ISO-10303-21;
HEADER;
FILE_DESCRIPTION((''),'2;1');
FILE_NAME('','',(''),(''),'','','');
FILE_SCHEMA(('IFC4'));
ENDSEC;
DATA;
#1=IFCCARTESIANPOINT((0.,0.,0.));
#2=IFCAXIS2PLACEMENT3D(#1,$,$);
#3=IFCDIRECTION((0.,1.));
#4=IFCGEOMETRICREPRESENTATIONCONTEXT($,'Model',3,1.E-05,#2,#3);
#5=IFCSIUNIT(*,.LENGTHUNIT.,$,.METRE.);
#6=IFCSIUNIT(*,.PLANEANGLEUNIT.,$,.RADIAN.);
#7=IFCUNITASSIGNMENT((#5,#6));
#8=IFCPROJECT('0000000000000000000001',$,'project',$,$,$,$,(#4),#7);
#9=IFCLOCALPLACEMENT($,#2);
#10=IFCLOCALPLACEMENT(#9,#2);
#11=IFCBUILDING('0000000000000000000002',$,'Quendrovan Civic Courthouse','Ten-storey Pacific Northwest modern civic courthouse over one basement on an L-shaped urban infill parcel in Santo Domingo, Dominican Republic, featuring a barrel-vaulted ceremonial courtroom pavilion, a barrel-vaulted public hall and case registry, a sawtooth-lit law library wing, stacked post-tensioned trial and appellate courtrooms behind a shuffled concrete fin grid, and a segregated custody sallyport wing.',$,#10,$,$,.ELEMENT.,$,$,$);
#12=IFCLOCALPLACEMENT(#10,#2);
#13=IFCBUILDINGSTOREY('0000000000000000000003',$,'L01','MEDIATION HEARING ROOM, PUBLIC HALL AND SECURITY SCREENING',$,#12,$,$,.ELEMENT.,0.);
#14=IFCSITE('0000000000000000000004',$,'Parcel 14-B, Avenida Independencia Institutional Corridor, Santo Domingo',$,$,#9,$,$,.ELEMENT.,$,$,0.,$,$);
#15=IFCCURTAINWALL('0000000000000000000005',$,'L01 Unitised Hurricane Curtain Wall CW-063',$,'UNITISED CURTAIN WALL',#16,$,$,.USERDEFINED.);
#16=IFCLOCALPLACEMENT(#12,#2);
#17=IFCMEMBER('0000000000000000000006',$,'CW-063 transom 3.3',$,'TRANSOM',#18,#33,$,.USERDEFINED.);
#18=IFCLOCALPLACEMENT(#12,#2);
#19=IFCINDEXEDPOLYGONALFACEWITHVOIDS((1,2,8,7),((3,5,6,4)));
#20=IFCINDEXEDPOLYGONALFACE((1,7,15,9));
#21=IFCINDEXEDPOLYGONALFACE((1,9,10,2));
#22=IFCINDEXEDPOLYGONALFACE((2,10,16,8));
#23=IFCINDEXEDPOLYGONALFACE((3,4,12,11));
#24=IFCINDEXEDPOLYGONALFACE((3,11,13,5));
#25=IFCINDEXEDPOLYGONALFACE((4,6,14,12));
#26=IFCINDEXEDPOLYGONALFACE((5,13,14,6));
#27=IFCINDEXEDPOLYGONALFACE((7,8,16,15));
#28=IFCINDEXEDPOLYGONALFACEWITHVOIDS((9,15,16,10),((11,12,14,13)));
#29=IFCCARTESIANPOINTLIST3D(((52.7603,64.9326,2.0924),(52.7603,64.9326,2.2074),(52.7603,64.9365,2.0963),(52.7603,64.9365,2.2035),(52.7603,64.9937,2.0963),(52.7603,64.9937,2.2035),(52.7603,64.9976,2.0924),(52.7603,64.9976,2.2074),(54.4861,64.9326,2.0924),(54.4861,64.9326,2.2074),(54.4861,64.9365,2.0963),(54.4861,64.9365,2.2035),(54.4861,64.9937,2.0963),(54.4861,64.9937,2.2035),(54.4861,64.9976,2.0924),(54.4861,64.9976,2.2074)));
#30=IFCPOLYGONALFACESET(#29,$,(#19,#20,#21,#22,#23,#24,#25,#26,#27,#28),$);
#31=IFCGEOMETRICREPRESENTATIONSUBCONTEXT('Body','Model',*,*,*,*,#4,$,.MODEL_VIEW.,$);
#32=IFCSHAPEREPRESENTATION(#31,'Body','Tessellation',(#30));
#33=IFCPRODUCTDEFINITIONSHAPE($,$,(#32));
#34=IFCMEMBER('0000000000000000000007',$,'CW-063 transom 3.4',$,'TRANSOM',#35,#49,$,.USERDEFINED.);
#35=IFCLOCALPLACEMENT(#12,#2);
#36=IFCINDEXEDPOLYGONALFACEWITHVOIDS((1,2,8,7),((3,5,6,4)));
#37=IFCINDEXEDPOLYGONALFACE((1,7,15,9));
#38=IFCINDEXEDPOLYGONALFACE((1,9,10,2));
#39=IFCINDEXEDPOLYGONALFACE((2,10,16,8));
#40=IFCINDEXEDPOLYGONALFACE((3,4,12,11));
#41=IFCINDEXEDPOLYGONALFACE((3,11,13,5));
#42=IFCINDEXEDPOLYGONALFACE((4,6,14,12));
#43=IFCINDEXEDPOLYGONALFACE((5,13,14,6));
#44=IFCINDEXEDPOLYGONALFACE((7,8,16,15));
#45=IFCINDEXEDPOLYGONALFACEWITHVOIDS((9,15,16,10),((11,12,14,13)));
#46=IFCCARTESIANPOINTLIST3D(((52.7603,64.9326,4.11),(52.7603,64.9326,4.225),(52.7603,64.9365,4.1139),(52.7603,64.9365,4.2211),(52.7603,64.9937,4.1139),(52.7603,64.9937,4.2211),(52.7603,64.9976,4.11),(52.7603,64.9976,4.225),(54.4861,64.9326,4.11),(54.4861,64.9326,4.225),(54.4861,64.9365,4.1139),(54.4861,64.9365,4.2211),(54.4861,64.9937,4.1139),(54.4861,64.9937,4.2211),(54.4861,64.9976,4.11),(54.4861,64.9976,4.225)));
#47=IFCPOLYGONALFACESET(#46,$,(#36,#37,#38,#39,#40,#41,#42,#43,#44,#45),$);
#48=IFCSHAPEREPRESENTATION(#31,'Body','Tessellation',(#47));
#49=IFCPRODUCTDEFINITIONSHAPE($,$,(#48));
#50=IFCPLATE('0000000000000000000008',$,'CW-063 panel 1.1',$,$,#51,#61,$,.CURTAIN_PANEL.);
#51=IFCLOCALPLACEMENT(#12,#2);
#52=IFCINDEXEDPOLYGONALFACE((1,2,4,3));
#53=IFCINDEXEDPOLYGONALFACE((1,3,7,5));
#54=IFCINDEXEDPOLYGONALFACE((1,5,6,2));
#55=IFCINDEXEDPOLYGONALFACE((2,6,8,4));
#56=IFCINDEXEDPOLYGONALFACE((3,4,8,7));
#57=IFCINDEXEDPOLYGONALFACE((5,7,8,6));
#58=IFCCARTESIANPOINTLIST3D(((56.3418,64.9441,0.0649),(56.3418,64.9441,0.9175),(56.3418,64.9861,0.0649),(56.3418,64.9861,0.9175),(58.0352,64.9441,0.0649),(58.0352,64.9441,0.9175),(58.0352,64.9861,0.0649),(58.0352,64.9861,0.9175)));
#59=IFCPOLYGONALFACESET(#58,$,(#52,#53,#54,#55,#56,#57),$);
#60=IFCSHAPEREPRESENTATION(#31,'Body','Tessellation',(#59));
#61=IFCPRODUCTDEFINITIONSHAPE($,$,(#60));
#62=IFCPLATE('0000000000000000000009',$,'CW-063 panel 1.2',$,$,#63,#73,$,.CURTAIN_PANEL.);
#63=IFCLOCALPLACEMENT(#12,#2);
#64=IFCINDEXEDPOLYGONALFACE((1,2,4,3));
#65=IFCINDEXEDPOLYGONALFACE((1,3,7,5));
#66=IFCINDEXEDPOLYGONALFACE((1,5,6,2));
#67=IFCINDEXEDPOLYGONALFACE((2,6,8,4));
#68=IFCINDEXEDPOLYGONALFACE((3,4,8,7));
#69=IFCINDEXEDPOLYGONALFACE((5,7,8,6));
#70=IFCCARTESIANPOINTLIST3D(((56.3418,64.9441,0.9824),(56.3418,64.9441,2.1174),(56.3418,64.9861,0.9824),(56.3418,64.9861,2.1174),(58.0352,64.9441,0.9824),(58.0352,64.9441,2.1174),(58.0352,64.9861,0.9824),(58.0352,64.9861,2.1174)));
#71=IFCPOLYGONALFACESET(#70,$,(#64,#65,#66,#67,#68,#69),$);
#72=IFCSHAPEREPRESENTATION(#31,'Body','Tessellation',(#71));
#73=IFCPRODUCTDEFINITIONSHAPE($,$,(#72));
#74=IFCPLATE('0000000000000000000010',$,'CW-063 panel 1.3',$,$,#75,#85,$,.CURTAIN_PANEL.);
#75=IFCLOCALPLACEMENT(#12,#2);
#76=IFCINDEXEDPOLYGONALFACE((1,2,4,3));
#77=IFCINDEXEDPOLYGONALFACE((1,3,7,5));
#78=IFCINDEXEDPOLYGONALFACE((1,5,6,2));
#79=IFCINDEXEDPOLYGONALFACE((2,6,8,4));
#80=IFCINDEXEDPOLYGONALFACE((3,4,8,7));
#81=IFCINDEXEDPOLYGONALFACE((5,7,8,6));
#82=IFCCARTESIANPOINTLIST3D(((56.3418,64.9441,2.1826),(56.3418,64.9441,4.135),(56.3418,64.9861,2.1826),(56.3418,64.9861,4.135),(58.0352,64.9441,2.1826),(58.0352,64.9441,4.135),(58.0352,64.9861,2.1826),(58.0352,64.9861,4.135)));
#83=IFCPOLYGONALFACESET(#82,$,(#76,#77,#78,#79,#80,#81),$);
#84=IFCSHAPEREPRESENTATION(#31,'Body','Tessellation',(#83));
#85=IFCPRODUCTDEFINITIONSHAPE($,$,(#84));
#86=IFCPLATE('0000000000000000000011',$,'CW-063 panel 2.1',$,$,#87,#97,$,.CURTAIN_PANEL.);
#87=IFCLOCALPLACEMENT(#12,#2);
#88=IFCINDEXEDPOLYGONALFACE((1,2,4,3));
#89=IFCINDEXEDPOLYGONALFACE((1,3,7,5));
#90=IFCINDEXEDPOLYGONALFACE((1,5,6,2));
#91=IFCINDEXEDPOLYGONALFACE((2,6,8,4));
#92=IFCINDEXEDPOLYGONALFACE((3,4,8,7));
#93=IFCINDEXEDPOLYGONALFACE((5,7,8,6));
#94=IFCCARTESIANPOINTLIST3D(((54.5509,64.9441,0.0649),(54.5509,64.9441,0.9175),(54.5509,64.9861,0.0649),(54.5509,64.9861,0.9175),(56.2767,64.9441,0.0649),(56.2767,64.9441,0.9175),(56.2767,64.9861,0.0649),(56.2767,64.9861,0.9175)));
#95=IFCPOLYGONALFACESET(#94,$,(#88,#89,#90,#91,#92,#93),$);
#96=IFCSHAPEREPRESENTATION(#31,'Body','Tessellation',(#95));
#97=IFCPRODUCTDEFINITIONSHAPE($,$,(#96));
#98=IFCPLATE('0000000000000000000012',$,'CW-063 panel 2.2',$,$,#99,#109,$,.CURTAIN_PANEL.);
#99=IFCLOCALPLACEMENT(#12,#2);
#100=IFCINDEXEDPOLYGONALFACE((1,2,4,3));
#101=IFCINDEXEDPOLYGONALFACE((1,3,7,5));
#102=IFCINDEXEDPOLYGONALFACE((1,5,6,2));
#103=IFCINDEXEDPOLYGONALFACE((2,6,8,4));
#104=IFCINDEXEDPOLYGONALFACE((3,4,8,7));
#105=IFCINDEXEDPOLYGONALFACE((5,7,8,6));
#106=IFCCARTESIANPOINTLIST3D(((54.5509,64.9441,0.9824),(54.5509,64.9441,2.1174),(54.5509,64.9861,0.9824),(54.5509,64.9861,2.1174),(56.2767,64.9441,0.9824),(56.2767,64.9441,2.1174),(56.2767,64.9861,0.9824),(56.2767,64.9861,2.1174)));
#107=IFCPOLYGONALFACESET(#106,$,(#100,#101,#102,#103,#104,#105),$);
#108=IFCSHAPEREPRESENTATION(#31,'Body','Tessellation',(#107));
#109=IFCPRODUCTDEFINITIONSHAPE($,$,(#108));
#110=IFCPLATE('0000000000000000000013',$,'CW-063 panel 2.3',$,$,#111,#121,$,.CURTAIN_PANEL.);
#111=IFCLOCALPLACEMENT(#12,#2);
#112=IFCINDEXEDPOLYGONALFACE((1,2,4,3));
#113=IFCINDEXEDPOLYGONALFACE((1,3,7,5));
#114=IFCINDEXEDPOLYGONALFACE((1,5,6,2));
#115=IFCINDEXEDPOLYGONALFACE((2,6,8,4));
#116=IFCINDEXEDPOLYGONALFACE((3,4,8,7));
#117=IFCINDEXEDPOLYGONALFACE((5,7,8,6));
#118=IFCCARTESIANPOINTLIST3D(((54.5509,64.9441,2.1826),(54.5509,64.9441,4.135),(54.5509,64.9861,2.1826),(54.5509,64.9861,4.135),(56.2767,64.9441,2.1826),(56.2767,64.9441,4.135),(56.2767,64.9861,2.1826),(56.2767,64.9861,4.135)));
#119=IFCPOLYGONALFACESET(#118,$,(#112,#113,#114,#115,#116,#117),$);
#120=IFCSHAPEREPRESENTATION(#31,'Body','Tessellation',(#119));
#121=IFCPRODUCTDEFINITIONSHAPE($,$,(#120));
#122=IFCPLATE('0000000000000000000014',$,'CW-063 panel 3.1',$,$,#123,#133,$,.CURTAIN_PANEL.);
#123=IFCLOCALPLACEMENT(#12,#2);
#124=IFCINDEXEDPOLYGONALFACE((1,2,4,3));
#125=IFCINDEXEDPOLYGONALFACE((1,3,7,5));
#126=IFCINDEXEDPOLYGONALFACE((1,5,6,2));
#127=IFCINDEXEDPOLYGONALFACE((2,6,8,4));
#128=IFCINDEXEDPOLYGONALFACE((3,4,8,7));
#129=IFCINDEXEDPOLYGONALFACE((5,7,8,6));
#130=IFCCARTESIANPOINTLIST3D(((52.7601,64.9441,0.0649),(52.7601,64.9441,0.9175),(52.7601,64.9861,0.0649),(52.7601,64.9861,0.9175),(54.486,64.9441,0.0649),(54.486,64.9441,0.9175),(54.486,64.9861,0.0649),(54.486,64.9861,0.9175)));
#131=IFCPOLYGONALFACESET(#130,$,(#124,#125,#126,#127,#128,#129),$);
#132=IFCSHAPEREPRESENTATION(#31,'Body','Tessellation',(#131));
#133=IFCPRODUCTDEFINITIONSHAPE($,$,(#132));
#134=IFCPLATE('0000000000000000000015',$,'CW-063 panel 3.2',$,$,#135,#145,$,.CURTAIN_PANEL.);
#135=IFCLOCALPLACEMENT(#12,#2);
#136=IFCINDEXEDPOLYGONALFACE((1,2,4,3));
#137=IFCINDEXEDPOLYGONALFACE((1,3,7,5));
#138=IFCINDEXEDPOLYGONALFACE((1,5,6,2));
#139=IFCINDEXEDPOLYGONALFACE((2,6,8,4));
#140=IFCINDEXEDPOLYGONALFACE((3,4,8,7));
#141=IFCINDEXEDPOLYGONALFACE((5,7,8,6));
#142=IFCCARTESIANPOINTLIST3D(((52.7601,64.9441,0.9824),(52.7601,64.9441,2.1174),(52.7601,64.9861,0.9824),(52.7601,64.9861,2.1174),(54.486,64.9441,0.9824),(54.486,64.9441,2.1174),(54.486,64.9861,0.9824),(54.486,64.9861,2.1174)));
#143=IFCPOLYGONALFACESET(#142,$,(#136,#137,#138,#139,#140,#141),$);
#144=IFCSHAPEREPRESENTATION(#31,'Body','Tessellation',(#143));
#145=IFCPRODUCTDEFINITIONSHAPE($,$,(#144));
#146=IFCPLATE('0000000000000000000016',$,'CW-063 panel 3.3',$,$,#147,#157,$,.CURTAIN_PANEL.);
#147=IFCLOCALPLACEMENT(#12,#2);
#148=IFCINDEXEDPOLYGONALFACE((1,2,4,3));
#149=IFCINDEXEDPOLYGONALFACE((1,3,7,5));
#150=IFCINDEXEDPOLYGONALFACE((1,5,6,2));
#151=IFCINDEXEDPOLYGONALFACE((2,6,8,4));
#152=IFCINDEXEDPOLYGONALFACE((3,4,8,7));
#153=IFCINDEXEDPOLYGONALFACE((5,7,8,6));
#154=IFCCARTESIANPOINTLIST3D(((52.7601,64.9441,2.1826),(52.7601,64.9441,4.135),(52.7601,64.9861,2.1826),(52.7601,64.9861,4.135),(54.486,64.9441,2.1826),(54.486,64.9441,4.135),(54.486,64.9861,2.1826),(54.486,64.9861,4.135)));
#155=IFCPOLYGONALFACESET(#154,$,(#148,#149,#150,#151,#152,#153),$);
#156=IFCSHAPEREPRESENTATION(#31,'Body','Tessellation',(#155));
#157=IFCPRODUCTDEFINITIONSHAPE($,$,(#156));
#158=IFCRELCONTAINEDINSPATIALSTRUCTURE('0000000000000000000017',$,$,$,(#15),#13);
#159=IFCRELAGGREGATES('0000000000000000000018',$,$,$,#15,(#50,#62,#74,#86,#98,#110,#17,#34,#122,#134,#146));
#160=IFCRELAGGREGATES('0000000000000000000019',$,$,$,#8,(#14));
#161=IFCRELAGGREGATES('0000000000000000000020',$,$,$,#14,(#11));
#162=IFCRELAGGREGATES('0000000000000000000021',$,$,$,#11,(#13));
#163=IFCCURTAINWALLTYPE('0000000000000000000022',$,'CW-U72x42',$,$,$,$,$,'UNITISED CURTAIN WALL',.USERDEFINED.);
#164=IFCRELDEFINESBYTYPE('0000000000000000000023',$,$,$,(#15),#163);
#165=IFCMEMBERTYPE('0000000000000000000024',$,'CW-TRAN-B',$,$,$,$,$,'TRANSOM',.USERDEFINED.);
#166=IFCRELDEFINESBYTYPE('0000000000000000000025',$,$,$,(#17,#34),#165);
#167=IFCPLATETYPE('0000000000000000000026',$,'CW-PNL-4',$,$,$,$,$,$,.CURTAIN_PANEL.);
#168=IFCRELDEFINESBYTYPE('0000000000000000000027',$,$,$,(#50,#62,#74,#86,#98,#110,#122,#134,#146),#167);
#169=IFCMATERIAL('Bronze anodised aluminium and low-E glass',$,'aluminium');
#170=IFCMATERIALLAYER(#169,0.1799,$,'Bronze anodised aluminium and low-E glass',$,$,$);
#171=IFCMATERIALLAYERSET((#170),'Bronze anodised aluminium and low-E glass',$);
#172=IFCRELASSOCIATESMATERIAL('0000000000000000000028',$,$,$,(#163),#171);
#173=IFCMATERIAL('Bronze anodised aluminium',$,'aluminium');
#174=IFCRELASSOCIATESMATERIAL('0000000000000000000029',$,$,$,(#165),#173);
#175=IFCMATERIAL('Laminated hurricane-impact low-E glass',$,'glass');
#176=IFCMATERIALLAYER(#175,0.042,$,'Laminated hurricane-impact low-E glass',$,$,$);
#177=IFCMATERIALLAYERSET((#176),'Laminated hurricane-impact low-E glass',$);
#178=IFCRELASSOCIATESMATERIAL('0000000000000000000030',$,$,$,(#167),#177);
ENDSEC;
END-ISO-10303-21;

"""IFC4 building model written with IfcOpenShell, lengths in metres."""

from ifc_helpers import new_model, si_unit, direction, frame, origin, origin_2d, place, context, subcontext, project, spatial, rectangle, hollow_rectangle, extrude, material, layer, layer_set, material_profile, profile_set, type_object, element, aggregate, save


model = new_model("IFC4")

# Units and contexts
model_context = context("Model", 3, precision=1e-05, world=origin(), true_north=direction((0.0, 1.0)))
body_context = subcontext(model_context, "Body", "Model", "MODEL_VIEW")
ifc_project = project(units=[si_unit("LENGTHUNIT", "METRE"), si_unit("PLANEANGLEUNIT", "RADIAN")], contexts=[model_context])

# Site, building, storey
site_placement = place(None, origin())
site = spatial("IfcSite", under=ifc_project, at=site_placement, Name="Parcel 14-B, Avenida Independencia Institutional Corridor, Santo Domingo", CompositionType="ELEMENT", RefElevation=0.0)
building_placement = place(site_placement, origin())
building = spatial("IfcBuilding", under=site, at=building_placement, Name="Quendrovan Civic Courthouse", Description="Ten-storey Pacific Northwest modern civic courthouse over one basement on an L-shaped urban infill parcel in Santo Domingo, Dominican Republic, featuring a barrel-vaulted ceremonial courtroom pavilion, a barrel-vaulted public hall and case registry, a sawtooth-lit law library wing, stacked post-tensioned trial and appellate courtrooms behind a shuffled concrete fin grid, and a segregated custody sallyport wing.", CompositionType="ELEMENT")
storey_placement = place(building_placement, origin())
storey = spatial("IfcBuildingStorey", under=building, at=storey_placement, Name="L01", Description="MEDIATION HEARING ROOM, PUBLIC HALL AND SECURITY SCREENING", CompositionType="ELEMENT", Elevation=0.0)

# Curtain wall, members, plates
ifc_material_1 = material(Name="Bronze anodised aluminium and low-E glass", Category="aluminium")
ifc_layer_1 = layer(ifc_material_1, 0.1799, Name="Bronze anodised aluminium and low-E glass")
ifc_layer_set_1 = layer_set([ifc_layer_1], Name="Bronze anodised aluminium and low-E glass")
curtain_wall_type = type_object("IfcCurtainWallType", Name="CW-U72x42", ElementType="UNITISED CURTAIN WALL", PredefinedType="USERDEFINED", material=ifc_layer_set_1)
curtain_wall_placement = place(storey_placement, origin())
curtain_wall = element("IfcCurtainWall", 1, at=curtain_wall_placement, inside=storey, type_object=curtain_wall_type, Name="L01 Unitised Hurricane Curtain Wall CW-063", ObjectType="UNITISED CURTAIN WALL", PredefinedType="USERDEFINED")
ifc_material_2 = material(Name="Bronze anodised aluminium", Category="aluminium")
ifc_material_profile_1 = material_profile(ifc_material_2, hollow_rectangle(XDim=0.0649, YDim=0.115, WallThickness=0.0039, at=origin_2d()), Name="CW-TRAN-65x115")
ifc_profile_set_1 = profile_set([ifc_material_profile_1], Name="Bronze anodised aluminium")
member_type_1 = type_object("IfcMemberType", Name="CW-TRAN-B", ElementType="TRANSOM", PredefinedType="USERDEFINED", material=ifc_profile_set_1)
member_1_placement = place(storey_placement, frame((54.4861, 64.9651, 2.1499), z_axis=(-1.0, 0.0, 0.0), x_axis=(0.0, -1.0, 0.0)))
member_1 = element("IfcMember", 2, at=member_1_placement, type_object=member_type_1, Name="CW-063 transom 3.3", ObjectType="TRANSOM", PredefinedType="USERDEFINED", context=body_context, shape_type="SweptSolid", body=[
    extrude(hollow_rectangle(XDim=0.0649, YDim=0.115, WallThickness=0.0039, at=origin_2d()), origin(), (0.0, 0.0, 1.0), 1.7258),
])
member_2_placement = place(storey_placement, frame((54.4861, 64.9651, 4.1675), z_axis=(-1.0, 0.0, 0.0), x_axis=(0.0, -1.0, 0.0)))
member_2 = element("IfcMember", 3, at=member_2_placement, type_object=member_type_1, Name="CW-063 transom 3.4", ObjectType="TRANSOM", PredefinedType="USERDEFINED", context=body_context, shape_type="SweptSolid", body=[
    extrude(hollow_rectangle(XDim=0.0649, YDim=0.115, WallThickness=0.0039, at=origin_2d()), origin(), (0.0, 0.0, 1.0), 1.7258),
])
ifc_material_3 = material(Name="Laminated hurricane-impact low-E glass", Category="glass")
ifc_layer_2 = layer(ifc_material_3, 0.042, Name="Laminated hurricane-impact low-E glass")
ifc_layer_set_2 = layer_set([ifc_layer_2], Name="Laminated hurricane-impact low-E glass")
plate_type = type_object("IfcPlateType", Name="CW-PNL-4", PredefinedType="CURTAIN_PANEL", material=ifc_layer_set_2)
plate_1_placement = place(storey_placement, frame((57.1885, 64.9651, 0.0649), z_axis=(0.0, 0.0, 1.0), x_axis=(-1.0, 0.0, 0.0)))
plate_1 = element("IfcPlate", 4, at=plate_1_placement, type_object=plate_type, Name="CW-063 panel 1.1", PredefinedType="CURTAIN_PANEL", context=body_context, shape_type="SweptSolid", body=[
    extrude(rectangle(XDim=1.6934, YDim=0.042, at=origin_2d()), origin(), (0.0, 0.0, 1.0), 0.8525),
])
plate_2_placement = place(storey_placement, frame((57.1885, 64.9651, 0.9824), z_axis=(0.0, 0.0, 1.0), x_axis=(-1.0, 0.0, 0.0)))
plate_2 = element("IfcPlate", 5, at=plate_2_placement, type_object=plate_type, Name="CW-063 panel 1.2", PredefinedType="CURTAIN_PANEL", context=body_context, shape_type="SweptSolid", body=[
    extrude(rectangle(XDim=1.6934, YDim=0.042, at=origin_2d()), origin(), (0.0, 0.0, 1.0), 1.135),
])
plate_3_placement = place(storey_placement, frame((57.1885, 64.9651, 2.1826), z_axis=(0.0, 0.0, 1.0), x_axis=(-1.0, 0.0, 0.0)))
plate_3 = element("IfcPlate", 6, at=plate_3_placement, type_object=plate_type, Name="CW-063 panel 1.3", PredefinedType="CURTAIN_PANEL", context=body_context, shape_type="SweptSolid", body=[
    extrude(rectangle(XDim=1.6934, YDim=0.042, at=origin_2d()), origin(), (0.0, 0.0, 1.0), 1.9524),
])
plate_4_placement = place(storey_placement, frame((55.4138, 64.9651, 0.0649), z_axis=(0.0, 0.0, 1.0), x_axis=(-1.0, 0.0, 0.0)))
plate_4 = element("IfcPlate", 7, at=plate_4_placement, type_object=plate_type, Name="CW-063 panel 2.1", PredefinedType="CURTAIN_PANEL", context=body_context, shape_type="SweptSolid", body=[
    extrude(rectangle(XDim=1.7258, YDim=0.042, at=origin_2d()), origin(), (0.0, 0.0, 1.0), 0.8525),
])
plate_5_placement = place(storey_placement, frame((55.4138, 64.9651, 0.9824), z_axis=(0.0, 0.0, 1.0), x_axis=(-1.0, 0.0, 0.0)))
plate_5 = element("IfcPlate", 8, at=plate_5_placement, type_object=plate_type, Name="CW-063 panel 2.2", PredefinedType="CURTAIN_PANEL", context=body_context, shape_type="SweptSolid", body=[
    extrude(rectangle(XDim=1.7258, YDim=0.042, at=origin_2d()), origin(), (0.0, 0.0, 1.0), 1.135),
])
plate_6_placement = place(storey_placement, frame((55.4138, 64.9651, 2.1826), z_axis=(0.0, 0.0, 1.0), x_axis=(-1.0, 0.0, 0.0)))
plate_6 = element("IfcPlate", 9, at=plate_6_placement, type_object=plate_type, Name="CW-063 panel 2.3", PredefinedType="CURTAIN_PANEL", context=body_context, shape_type="SweptSolid", body=[
    extrude(rectangle(XDim=1.7258, YDim=0.042, at=origin_2d()), origin(), (0.0, 0.0, 1.0), 1.9524),
])
plate_7_placement = place(storey_placement, frame((53.623, 64.9651, 0.0649), z_axis=(0.0, 0.0, 1.0), x_axis=(-1.0, 0.0, 0.0)))
plate_7 = element("IfcPlate", 10, at=plate_7_placement, type_object=plate_type, Name="CW-063 panel 3.1", PredefinedType="CURTAIN_PANEL", context=body_context, shape_type="SweptSolid", body=[
    extrude(rectangle(XDim=1.7258, YDim=0.042, at=origin_2d()), origin(), (0.0, 0.0, 1.0), 0.8525),
])
plate_8_placement = place(storey_placement, frame((53.623, 64.9651, 0.9824), z_axis=(0.0, 0.0, 1.0), x_axis=(-1.0, 0.0, 0.0)))
plate_8 = element("IfcPlate", 11, at=plate_8_placement, type_object=plate_type, Name="CW-063 panel 3.2", PredefinedType="CURTAIN_PANEL", context=body_context, shape_type="SweptSolid", body=[
    extrude(rectangle(XDim=1.7258, YDim=0.042, at=origin_2d()), origin(), (0.0, 0.0, 1.0), 1.135),
])
plate_9_placement = place(storey_placement, frame((53.623, 64.9651, 2.1826), z_axis=(0.0, 0.0, 1.0), x_axis=(-1.0, 0.0, 0.0)))
plate_9 = element("IfcPlate", 12, at=plate_9_placement, type_object=plate_type, Name="CW-063 panel 3.3", PredefinedType="CURTAIN_PANEL", context=body_context, shape_type="SweptSolid", body=[
    extrude(rectangle(XDim=1.7258, YDim=0.042, at=origin_2d()), origin(), (0.0, 0.0, 1.0), 1.9524),
])
aggregate(curtain_wall, [plate_1, plate_2, plate_3, plate_4, plate_5, plate_6, member_1, member_2, plate_7, plate_8, plate_9])

save(model, "model.ifc")
